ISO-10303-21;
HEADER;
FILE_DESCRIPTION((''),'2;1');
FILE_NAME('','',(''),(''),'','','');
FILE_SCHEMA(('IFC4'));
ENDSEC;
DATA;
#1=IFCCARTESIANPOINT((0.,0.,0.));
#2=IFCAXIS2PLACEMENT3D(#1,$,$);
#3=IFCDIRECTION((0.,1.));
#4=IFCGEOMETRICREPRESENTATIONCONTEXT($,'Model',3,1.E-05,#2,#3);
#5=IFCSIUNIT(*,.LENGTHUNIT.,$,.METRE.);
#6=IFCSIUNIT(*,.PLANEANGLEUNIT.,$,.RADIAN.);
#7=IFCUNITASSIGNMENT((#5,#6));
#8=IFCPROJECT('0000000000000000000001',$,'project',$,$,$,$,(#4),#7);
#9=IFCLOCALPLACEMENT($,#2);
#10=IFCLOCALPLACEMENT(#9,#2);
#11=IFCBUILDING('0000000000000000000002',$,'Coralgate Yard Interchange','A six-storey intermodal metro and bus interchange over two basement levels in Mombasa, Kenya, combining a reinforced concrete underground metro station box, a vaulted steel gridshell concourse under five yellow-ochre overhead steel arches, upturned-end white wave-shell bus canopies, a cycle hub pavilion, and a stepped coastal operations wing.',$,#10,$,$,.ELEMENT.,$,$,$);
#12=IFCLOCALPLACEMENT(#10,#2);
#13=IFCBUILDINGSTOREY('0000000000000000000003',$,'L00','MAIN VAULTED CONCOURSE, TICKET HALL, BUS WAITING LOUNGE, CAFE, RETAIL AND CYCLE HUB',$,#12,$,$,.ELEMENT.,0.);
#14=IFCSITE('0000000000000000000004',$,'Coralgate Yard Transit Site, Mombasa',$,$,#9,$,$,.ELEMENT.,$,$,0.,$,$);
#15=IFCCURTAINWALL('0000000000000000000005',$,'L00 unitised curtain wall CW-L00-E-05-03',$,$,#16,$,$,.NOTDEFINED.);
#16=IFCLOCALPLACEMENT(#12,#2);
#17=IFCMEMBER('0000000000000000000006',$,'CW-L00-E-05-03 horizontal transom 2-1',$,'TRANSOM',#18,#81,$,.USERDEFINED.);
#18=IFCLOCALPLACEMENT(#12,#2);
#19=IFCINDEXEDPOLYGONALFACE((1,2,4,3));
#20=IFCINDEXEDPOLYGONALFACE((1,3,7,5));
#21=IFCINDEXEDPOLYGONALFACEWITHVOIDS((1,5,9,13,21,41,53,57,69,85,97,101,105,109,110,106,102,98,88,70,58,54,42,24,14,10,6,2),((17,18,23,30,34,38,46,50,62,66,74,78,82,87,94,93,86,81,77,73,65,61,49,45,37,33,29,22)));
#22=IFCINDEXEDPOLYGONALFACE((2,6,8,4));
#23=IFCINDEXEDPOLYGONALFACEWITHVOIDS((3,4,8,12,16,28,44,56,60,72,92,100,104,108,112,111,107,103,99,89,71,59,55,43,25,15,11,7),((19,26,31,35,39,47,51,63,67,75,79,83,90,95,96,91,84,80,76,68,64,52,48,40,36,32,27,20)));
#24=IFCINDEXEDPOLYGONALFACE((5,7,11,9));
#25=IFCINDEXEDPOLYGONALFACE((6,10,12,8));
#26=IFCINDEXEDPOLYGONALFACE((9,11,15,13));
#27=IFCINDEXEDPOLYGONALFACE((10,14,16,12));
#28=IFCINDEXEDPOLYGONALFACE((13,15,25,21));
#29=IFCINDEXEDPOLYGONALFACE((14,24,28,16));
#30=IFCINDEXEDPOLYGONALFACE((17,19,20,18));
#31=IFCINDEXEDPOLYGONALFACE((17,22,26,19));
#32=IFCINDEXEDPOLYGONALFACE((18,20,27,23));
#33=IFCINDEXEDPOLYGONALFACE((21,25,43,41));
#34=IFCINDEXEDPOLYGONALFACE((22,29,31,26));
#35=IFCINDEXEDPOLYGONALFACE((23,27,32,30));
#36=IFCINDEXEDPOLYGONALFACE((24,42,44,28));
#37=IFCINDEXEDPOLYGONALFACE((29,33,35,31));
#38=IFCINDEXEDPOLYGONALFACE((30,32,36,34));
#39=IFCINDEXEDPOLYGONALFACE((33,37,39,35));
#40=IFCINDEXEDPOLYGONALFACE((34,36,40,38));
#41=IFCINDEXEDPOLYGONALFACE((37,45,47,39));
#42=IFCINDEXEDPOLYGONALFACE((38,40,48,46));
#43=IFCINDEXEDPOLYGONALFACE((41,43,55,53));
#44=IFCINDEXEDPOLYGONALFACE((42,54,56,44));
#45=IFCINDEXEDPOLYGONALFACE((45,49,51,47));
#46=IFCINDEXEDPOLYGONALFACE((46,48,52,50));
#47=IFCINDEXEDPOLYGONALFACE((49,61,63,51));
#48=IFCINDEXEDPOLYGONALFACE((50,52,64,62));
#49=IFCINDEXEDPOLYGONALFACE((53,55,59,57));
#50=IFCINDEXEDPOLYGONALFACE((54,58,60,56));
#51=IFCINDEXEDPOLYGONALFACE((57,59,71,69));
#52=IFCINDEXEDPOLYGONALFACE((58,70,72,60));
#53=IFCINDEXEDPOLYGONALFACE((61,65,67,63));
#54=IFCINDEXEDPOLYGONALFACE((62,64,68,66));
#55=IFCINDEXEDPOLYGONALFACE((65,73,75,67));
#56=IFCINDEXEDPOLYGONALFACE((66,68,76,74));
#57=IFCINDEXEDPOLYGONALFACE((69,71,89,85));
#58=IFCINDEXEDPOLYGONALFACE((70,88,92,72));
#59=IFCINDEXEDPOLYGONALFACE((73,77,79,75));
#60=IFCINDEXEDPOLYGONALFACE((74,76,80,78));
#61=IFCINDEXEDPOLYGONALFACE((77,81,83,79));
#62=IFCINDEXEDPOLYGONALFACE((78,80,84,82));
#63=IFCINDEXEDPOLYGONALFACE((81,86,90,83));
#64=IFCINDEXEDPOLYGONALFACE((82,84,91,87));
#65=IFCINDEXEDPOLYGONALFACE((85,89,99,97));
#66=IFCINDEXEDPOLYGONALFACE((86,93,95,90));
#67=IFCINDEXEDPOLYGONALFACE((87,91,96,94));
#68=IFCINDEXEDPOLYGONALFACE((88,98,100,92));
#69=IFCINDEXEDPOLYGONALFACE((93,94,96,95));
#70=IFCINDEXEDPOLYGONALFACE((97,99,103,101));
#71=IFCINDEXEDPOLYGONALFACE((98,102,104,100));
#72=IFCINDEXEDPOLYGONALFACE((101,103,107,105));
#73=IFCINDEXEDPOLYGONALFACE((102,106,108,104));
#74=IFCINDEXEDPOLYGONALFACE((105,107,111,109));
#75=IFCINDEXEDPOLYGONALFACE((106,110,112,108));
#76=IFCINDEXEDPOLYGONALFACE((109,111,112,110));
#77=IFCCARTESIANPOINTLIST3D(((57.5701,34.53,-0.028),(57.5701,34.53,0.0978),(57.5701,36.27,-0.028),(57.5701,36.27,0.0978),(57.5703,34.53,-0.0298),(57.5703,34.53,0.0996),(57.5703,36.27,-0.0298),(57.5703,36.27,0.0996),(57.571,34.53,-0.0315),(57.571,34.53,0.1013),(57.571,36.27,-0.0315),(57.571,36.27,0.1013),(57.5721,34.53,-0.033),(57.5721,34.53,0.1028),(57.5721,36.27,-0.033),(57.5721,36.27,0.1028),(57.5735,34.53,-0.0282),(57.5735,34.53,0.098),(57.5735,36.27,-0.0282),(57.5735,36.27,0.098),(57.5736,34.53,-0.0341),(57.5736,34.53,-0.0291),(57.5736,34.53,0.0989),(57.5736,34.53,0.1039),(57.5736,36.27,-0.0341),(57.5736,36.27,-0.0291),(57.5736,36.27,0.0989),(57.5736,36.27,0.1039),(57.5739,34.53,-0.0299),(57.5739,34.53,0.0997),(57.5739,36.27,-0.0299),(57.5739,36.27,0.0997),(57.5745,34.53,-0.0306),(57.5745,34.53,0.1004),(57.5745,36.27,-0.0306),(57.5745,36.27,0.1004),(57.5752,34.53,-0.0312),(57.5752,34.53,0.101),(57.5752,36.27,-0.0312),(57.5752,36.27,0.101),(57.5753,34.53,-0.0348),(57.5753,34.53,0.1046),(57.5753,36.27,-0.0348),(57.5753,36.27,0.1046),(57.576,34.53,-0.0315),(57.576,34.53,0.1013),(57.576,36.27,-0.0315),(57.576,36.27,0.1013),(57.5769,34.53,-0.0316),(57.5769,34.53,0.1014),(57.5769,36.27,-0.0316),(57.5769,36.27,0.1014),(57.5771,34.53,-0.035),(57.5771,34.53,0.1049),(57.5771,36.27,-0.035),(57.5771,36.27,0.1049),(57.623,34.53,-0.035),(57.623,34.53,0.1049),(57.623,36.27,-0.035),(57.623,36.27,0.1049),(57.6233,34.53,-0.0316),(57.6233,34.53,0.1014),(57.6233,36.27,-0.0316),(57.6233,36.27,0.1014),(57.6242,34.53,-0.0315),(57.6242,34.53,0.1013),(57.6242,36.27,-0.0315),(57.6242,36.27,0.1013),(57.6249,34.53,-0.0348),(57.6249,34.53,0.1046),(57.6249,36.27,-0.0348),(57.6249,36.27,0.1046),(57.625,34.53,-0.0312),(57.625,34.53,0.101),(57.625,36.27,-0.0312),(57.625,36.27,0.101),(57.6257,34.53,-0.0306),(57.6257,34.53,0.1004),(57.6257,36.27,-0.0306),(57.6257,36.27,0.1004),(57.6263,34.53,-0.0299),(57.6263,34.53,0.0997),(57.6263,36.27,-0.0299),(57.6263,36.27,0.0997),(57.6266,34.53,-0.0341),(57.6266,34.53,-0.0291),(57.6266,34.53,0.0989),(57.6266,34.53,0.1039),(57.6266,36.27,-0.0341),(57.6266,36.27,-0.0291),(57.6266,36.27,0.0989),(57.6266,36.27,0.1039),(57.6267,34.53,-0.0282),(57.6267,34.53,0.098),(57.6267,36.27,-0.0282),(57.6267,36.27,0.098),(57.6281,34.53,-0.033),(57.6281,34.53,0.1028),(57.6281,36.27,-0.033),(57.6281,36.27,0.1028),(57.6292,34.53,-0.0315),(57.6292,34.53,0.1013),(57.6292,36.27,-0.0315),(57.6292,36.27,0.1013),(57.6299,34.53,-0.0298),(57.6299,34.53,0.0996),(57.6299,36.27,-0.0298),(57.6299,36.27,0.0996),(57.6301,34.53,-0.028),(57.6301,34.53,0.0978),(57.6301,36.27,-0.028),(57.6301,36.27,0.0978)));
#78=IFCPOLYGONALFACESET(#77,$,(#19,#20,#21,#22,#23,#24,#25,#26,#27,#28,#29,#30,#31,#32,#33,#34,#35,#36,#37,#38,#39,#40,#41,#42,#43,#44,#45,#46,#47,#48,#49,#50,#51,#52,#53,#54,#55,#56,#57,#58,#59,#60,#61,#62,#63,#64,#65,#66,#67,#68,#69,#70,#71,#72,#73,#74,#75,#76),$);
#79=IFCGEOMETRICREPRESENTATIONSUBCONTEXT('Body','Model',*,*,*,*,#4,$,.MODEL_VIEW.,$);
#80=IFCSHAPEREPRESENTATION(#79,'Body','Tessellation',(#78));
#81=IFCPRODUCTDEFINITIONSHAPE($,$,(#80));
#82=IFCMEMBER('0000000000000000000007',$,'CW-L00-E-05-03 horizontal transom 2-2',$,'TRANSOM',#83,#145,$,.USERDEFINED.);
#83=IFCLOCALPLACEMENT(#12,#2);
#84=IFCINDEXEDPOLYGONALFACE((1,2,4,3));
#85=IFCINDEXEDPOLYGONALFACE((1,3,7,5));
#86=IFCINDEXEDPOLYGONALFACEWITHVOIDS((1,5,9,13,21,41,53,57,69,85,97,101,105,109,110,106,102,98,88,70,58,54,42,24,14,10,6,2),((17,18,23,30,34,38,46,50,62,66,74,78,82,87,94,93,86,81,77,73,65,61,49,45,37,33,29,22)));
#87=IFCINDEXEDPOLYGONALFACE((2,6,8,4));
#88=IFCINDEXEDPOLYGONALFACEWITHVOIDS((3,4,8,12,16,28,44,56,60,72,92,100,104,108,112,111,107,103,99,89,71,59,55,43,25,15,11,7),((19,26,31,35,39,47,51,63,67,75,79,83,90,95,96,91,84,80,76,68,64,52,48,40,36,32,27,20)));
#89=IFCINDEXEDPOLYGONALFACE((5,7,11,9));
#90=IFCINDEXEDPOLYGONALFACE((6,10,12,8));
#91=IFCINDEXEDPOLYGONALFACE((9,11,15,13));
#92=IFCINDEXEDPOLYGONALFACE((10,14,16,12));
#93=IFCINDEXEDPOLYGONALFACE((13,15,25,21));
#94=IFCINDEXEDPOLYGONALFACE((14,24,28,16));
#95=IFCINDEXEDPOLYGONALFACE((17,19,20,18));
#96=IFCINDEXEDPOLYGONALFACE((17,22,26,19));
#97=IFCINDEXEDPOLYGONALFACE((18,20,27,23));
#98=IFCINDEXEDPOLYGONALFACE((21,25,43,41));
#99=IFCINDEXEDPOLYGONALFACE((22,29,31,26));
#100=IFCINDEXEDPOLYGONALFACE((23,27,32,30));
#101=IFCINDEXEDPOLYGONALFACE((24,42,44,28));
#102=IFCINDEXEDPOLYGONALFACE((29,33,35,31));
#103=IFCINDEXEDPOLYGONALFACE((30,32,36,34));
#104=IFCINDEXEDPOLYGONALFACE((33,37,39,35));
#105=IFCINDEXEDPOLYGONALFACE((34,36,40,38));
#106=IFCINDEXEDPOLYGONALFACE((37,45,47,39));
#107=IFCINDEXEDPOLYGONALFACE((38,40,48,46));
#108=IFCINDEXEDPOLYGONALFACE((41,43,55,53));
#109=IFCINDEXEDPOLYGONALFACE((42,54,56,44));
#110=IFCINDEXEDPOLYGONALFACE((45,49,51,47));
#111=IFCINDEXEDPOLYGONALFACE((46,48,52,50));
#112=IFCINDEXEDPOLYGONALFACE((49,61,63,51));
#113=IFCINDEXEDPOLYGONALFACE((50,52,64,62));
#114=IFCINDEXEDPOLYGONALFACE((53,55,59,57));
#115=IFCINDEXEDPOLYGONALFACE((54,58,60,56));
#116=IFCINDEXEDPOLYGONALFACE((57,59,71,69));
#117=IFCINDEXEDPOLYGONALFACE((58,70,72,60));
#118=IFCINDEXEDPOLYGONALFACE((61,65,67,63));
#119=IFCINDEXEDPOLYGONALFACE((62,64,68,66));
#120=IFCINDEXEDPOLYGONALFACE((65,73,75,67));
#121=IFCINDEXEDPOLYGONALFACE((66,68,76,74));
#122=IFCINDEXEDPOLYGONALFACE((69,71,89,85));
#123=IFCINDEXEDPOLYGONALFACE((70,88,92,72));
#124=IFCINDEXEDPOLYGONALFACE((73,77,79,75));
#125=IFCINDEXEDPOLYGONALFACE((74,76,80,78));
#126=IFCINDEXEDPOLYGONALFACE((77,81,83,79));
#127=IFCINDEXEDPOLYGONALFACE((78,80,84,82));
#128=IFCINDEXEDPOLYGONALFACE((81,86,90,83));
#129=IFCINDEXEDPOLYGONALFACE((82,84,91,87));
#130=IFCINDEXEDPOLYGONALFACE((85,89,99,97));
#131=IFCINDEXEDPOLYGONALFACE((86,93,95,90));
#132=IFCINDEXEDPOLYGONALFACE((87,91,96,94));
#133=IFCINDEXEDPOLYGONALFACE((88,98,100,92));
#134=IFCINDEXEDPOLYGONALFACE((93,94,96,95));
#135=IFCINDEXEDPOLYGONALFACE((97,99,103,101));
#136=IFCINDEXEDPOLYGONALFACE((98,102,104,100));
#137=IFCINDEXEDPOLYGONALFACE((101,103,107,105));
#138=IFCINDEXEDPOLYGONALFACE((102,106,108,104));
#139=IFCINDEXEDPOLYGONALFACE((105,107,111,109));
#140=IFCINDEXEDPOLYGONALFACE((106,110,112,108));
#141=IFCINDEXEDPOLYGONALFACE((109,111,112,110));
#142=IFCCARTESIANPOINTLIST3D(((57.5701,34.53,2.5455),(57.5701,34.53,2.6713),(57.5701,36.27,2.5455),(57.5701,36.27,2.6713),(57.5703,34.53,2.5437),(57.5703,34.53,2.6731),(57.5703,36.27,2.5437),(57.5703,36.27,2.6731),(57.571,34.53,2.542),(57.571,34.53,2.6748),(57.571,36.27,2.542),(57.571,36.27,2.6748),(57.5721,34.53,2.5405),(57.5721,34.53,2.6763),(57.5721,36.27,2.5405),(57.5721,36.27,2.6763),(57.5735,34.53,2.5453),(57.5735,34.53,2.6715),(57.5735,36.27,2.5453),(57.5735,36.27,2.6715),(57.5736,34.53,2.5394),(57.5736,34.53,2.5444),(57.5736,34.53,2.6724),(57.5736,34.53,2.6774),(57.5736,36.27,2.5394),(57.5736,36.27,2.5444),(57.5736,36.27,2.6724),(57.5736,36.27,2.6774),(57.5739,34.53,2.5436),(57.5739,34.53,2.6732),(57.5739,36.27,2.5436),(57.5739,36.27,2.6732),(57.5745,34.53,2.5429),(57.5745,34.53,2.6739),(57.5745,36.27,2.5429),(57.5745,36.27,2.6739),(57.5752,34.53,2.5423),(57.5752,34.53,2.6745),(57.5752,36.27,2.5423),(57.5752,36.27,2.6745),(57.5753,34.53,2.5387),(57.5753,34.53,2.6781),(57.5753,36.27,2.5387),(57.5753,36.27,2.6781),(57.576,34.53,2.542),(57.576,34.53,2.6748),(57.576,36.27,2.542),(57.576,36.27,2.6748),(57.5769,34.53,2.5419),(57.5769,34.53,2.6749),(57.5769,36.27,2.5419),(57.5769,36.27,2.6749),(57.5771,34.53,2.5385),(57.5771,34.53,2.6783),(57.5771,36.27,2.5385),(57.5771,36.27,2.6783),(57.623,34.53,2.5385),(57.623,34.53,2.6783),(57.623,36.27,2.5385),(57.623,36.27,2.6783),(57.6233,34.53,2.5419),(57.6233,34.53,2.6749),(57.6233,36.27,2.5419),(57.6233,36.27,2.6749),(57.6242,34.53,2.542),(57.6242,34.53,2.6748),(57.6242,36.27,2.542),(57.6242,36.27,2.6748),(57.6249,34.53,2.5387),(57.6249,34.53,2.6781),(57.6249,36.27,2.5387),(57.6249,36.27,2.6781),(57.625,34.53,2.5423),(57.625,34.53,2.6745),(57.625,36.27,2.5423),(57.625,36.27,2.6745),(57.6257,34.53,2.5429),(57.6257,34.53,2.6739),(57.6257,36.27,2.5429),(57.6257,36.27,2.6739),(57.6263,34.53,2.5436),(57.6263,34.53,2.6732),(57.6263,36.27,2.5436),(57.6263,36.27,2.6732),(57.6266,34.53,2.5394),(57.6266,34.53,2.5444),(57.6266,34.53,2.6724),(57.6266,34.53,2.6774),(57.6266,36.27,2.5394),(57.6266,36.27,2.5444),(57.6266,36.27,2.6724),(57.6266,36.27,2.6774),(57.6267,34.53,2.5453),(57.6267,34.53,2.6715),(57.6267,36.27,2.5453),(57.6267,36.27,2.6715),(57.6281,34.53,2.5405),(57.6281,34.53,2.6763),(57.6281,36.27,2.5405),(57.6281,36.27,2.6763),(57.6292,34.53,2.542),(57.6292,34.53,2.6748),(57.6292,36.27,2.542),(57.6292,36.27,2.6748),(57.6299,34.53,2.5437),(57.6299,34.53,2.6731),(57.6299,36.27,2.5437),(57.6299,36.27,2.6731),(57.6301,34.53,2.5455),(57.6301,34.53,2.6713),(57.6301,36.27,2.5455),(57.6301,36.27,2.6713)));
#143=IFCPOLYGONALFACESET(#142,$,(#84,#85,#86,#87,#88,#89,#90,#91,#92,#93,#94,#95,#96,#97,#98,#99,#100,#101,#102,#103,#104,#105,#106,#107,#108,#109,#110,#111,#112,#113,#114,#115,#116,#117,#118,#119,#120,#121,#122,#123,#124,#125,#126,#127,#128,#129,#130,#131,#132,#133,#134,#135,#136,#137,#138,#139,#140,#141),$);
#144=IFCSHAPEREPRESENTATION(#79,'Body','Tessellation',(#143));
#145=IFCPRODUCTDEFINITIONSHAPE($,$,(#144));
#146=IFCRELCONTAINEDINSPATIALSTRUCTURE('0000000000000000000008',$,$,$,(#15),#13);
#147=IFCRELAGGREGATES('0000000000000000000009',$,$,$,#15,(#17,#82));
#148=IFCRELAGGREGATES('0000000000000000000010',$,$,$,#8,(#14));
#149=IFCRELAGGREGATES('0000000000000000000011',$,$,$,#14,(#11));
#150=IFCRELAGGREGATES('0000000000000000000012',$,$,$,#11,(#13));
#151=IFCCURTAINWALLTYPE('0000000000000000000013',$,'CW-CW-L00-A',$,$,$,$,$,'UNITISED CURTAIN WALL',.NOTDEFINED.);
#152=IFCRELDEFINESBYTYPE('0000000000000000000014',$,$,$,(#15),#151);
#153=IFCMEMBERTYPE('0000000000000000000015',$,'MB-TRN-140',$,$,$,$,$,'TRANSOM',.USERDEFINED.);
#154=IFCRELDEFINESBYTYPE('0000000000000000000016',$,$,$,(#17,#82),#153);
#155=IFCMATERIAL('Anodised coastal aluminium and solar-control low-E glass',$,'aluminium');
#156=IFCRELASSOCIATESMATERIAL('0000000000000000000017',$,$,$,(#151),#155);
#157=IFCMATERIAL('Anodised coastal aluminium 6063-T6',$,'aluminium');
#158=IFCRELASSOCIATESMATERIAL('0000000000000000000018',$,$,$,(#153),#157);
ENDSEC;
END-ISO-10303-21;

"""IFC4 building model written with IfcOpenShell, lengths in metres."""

from ifc_helpers import new_model, si_unit, direction, frame, origin, origin_2d, place, context, subcontext, project, spatial, hollow_rectangle, extrude, material, material_profile, profile_set, type_object, element, aggregate, save


model = new_model("IFC4")

# Units and contexts
model_context = context("Model", 3, precision=1e-05, world=origin(), true_north=direction((0.0, 1.0)))
body_context = subcontext(model_context, "Body", "Model", "MODEL_VIEW")
ifc_project = project(units=[si_unit("LENGTHUNIT", "METRE"), si_unit("PLANEANGLEUNIT", "RADIAN")], contexts=[model_context])

# Site, building, storey
site_placement = place(None, origin())
site = spatial("IfcSite", under=ifc_project, at=site_placement, Name="Coralgate Yard Transit Site, Mombasa", CompositionType="ELEMENT", RefElevation=0.0)
building_placement = place(site_placement, origin())
building = spatial("IfcBuilding", under=site, at=building_placement, Name="Coralgate Yard Interchange", Description="A six-storey intermodal metro and bus interchange over two basement levels in Mombasa, Kenya, combining a reinforced concrete underground metro station box, a vaulted steel gridshell concourse under five yellow-ochre overhead steel arches, upturned-end white wave-shell bus canopies, a cycle hub pavilion, and a stepped coastal operations wing.", CompositionType="ELEMENT")
storey_placement = place(building_placement, origin())
storey = spatial("IfcBuildingStorey", under=building, at=storey_placement, Name="L00", Description="MAIN VAULTED CONCOURSE, TICKET HALL, BUS WAITING LOUNGE, CAFE, RETAIL AND CYCLE HUB", CompositionType="ELEMENT", Elevation=0.0)

# Curtain wall
ifc_material_1 = material(Name="Anodised coastal aluminium and solar-control low-E glass", Category="aluminium")
curtain_wall_type = type_object("IfcCurtainWallType", Name="CW-CW-L00-A", ElementType="UNITISED CURTAIN WALL", PredefinedType="NOTDEFINED", material=ifc_material_1)
curtain_wall_1_placement = place(storey_placement, origin())
curtain_wall_1 = element("IfcCurtainWall", 1, at=curtain_wall_1_placement, inside=storey, type_object=curtain_wall_type, Name="L00 unitised curtain wall CW-L00-E-05-03", PredefinedType="NOTDEFINED")
ifc_material_2 = material(Name="Anodised coastal aluminium 6063-T6", Category="aluminium")

# Members
ifc_material_profile_1 = material_profile(ifc_material_2, hollow_rectangle(XDim=0.0601, YDim=0.1399, WallThickness=0.0034, InnerFilletRadius=0.0034, OuterFilletRadius=0.0071, at=origin_2d()), Name="ALU 60x140x3.5")
ifc_profile_set_1 = profile_set([ifc_material_profile_1], Name="Anodised coastal aluminium 6063-T6")
member_type_1 = type_object("IfcMemberType", Name="MB-TRN-140", ElementType="TRANSOM", PredefinedType="USERDEFINED", material=ifc_profile_set_1)
member_1_placement = place(storey_placement, frame((57.6001, 36.27, 0.0349), z_axis=(0.0, -1.0, 0.0), x_axis=(1.0, 0.0, 0.0)))
member_1 = element("IfcMember", 2, at=member_1_placement, type_object=member_type_1, Name="CW-L00-E-05-03 horizontal transom 2-1", ObjectType="TRANSOM", PredefinedType="USERDEFINED", context=body_context, shape_type="SweptSolid", body=[
    extrude(hollow_rectangle(XDim=0.0601, YDim=0.1399, WallThickness=0.0034, InnerFilletRadius=0.0034, OuterFilletRadius=0.0071, at=origin_2d()), origin(), (0.0, 0.0, 1.0), 1.74),
])
member_2_placement = place(storey_placement, frame((57.6001, 36.27, 2.6084), z_axis=(0.0, -1.0, 0.0), x_axis=(1.0, 0.0, 0.0)))
member_2 = element("IfcMember", 3, at=member_2_placement, type_object=member_type_1, Name="CW-L00-E-05-03 horizontal transom 2-2", ObjectType="TRANSOM", PredefinedType="USERDEFINED", context=body_context, shape_type="SweptSolid", body=[
    extrude(hollow_rectangle(XDim=0.0601, YDim=0.1399, WallThickness=0.0034, InnerFilletRadius=0.0034, OuterFilletRadius=0.0071, at=origin_2d()), origin(), (0.0, 0.0, 1.0), 1.74),
])

aggregate(curtain_wall_1, [member_1, member_2])

save(model, "model.ifc")
